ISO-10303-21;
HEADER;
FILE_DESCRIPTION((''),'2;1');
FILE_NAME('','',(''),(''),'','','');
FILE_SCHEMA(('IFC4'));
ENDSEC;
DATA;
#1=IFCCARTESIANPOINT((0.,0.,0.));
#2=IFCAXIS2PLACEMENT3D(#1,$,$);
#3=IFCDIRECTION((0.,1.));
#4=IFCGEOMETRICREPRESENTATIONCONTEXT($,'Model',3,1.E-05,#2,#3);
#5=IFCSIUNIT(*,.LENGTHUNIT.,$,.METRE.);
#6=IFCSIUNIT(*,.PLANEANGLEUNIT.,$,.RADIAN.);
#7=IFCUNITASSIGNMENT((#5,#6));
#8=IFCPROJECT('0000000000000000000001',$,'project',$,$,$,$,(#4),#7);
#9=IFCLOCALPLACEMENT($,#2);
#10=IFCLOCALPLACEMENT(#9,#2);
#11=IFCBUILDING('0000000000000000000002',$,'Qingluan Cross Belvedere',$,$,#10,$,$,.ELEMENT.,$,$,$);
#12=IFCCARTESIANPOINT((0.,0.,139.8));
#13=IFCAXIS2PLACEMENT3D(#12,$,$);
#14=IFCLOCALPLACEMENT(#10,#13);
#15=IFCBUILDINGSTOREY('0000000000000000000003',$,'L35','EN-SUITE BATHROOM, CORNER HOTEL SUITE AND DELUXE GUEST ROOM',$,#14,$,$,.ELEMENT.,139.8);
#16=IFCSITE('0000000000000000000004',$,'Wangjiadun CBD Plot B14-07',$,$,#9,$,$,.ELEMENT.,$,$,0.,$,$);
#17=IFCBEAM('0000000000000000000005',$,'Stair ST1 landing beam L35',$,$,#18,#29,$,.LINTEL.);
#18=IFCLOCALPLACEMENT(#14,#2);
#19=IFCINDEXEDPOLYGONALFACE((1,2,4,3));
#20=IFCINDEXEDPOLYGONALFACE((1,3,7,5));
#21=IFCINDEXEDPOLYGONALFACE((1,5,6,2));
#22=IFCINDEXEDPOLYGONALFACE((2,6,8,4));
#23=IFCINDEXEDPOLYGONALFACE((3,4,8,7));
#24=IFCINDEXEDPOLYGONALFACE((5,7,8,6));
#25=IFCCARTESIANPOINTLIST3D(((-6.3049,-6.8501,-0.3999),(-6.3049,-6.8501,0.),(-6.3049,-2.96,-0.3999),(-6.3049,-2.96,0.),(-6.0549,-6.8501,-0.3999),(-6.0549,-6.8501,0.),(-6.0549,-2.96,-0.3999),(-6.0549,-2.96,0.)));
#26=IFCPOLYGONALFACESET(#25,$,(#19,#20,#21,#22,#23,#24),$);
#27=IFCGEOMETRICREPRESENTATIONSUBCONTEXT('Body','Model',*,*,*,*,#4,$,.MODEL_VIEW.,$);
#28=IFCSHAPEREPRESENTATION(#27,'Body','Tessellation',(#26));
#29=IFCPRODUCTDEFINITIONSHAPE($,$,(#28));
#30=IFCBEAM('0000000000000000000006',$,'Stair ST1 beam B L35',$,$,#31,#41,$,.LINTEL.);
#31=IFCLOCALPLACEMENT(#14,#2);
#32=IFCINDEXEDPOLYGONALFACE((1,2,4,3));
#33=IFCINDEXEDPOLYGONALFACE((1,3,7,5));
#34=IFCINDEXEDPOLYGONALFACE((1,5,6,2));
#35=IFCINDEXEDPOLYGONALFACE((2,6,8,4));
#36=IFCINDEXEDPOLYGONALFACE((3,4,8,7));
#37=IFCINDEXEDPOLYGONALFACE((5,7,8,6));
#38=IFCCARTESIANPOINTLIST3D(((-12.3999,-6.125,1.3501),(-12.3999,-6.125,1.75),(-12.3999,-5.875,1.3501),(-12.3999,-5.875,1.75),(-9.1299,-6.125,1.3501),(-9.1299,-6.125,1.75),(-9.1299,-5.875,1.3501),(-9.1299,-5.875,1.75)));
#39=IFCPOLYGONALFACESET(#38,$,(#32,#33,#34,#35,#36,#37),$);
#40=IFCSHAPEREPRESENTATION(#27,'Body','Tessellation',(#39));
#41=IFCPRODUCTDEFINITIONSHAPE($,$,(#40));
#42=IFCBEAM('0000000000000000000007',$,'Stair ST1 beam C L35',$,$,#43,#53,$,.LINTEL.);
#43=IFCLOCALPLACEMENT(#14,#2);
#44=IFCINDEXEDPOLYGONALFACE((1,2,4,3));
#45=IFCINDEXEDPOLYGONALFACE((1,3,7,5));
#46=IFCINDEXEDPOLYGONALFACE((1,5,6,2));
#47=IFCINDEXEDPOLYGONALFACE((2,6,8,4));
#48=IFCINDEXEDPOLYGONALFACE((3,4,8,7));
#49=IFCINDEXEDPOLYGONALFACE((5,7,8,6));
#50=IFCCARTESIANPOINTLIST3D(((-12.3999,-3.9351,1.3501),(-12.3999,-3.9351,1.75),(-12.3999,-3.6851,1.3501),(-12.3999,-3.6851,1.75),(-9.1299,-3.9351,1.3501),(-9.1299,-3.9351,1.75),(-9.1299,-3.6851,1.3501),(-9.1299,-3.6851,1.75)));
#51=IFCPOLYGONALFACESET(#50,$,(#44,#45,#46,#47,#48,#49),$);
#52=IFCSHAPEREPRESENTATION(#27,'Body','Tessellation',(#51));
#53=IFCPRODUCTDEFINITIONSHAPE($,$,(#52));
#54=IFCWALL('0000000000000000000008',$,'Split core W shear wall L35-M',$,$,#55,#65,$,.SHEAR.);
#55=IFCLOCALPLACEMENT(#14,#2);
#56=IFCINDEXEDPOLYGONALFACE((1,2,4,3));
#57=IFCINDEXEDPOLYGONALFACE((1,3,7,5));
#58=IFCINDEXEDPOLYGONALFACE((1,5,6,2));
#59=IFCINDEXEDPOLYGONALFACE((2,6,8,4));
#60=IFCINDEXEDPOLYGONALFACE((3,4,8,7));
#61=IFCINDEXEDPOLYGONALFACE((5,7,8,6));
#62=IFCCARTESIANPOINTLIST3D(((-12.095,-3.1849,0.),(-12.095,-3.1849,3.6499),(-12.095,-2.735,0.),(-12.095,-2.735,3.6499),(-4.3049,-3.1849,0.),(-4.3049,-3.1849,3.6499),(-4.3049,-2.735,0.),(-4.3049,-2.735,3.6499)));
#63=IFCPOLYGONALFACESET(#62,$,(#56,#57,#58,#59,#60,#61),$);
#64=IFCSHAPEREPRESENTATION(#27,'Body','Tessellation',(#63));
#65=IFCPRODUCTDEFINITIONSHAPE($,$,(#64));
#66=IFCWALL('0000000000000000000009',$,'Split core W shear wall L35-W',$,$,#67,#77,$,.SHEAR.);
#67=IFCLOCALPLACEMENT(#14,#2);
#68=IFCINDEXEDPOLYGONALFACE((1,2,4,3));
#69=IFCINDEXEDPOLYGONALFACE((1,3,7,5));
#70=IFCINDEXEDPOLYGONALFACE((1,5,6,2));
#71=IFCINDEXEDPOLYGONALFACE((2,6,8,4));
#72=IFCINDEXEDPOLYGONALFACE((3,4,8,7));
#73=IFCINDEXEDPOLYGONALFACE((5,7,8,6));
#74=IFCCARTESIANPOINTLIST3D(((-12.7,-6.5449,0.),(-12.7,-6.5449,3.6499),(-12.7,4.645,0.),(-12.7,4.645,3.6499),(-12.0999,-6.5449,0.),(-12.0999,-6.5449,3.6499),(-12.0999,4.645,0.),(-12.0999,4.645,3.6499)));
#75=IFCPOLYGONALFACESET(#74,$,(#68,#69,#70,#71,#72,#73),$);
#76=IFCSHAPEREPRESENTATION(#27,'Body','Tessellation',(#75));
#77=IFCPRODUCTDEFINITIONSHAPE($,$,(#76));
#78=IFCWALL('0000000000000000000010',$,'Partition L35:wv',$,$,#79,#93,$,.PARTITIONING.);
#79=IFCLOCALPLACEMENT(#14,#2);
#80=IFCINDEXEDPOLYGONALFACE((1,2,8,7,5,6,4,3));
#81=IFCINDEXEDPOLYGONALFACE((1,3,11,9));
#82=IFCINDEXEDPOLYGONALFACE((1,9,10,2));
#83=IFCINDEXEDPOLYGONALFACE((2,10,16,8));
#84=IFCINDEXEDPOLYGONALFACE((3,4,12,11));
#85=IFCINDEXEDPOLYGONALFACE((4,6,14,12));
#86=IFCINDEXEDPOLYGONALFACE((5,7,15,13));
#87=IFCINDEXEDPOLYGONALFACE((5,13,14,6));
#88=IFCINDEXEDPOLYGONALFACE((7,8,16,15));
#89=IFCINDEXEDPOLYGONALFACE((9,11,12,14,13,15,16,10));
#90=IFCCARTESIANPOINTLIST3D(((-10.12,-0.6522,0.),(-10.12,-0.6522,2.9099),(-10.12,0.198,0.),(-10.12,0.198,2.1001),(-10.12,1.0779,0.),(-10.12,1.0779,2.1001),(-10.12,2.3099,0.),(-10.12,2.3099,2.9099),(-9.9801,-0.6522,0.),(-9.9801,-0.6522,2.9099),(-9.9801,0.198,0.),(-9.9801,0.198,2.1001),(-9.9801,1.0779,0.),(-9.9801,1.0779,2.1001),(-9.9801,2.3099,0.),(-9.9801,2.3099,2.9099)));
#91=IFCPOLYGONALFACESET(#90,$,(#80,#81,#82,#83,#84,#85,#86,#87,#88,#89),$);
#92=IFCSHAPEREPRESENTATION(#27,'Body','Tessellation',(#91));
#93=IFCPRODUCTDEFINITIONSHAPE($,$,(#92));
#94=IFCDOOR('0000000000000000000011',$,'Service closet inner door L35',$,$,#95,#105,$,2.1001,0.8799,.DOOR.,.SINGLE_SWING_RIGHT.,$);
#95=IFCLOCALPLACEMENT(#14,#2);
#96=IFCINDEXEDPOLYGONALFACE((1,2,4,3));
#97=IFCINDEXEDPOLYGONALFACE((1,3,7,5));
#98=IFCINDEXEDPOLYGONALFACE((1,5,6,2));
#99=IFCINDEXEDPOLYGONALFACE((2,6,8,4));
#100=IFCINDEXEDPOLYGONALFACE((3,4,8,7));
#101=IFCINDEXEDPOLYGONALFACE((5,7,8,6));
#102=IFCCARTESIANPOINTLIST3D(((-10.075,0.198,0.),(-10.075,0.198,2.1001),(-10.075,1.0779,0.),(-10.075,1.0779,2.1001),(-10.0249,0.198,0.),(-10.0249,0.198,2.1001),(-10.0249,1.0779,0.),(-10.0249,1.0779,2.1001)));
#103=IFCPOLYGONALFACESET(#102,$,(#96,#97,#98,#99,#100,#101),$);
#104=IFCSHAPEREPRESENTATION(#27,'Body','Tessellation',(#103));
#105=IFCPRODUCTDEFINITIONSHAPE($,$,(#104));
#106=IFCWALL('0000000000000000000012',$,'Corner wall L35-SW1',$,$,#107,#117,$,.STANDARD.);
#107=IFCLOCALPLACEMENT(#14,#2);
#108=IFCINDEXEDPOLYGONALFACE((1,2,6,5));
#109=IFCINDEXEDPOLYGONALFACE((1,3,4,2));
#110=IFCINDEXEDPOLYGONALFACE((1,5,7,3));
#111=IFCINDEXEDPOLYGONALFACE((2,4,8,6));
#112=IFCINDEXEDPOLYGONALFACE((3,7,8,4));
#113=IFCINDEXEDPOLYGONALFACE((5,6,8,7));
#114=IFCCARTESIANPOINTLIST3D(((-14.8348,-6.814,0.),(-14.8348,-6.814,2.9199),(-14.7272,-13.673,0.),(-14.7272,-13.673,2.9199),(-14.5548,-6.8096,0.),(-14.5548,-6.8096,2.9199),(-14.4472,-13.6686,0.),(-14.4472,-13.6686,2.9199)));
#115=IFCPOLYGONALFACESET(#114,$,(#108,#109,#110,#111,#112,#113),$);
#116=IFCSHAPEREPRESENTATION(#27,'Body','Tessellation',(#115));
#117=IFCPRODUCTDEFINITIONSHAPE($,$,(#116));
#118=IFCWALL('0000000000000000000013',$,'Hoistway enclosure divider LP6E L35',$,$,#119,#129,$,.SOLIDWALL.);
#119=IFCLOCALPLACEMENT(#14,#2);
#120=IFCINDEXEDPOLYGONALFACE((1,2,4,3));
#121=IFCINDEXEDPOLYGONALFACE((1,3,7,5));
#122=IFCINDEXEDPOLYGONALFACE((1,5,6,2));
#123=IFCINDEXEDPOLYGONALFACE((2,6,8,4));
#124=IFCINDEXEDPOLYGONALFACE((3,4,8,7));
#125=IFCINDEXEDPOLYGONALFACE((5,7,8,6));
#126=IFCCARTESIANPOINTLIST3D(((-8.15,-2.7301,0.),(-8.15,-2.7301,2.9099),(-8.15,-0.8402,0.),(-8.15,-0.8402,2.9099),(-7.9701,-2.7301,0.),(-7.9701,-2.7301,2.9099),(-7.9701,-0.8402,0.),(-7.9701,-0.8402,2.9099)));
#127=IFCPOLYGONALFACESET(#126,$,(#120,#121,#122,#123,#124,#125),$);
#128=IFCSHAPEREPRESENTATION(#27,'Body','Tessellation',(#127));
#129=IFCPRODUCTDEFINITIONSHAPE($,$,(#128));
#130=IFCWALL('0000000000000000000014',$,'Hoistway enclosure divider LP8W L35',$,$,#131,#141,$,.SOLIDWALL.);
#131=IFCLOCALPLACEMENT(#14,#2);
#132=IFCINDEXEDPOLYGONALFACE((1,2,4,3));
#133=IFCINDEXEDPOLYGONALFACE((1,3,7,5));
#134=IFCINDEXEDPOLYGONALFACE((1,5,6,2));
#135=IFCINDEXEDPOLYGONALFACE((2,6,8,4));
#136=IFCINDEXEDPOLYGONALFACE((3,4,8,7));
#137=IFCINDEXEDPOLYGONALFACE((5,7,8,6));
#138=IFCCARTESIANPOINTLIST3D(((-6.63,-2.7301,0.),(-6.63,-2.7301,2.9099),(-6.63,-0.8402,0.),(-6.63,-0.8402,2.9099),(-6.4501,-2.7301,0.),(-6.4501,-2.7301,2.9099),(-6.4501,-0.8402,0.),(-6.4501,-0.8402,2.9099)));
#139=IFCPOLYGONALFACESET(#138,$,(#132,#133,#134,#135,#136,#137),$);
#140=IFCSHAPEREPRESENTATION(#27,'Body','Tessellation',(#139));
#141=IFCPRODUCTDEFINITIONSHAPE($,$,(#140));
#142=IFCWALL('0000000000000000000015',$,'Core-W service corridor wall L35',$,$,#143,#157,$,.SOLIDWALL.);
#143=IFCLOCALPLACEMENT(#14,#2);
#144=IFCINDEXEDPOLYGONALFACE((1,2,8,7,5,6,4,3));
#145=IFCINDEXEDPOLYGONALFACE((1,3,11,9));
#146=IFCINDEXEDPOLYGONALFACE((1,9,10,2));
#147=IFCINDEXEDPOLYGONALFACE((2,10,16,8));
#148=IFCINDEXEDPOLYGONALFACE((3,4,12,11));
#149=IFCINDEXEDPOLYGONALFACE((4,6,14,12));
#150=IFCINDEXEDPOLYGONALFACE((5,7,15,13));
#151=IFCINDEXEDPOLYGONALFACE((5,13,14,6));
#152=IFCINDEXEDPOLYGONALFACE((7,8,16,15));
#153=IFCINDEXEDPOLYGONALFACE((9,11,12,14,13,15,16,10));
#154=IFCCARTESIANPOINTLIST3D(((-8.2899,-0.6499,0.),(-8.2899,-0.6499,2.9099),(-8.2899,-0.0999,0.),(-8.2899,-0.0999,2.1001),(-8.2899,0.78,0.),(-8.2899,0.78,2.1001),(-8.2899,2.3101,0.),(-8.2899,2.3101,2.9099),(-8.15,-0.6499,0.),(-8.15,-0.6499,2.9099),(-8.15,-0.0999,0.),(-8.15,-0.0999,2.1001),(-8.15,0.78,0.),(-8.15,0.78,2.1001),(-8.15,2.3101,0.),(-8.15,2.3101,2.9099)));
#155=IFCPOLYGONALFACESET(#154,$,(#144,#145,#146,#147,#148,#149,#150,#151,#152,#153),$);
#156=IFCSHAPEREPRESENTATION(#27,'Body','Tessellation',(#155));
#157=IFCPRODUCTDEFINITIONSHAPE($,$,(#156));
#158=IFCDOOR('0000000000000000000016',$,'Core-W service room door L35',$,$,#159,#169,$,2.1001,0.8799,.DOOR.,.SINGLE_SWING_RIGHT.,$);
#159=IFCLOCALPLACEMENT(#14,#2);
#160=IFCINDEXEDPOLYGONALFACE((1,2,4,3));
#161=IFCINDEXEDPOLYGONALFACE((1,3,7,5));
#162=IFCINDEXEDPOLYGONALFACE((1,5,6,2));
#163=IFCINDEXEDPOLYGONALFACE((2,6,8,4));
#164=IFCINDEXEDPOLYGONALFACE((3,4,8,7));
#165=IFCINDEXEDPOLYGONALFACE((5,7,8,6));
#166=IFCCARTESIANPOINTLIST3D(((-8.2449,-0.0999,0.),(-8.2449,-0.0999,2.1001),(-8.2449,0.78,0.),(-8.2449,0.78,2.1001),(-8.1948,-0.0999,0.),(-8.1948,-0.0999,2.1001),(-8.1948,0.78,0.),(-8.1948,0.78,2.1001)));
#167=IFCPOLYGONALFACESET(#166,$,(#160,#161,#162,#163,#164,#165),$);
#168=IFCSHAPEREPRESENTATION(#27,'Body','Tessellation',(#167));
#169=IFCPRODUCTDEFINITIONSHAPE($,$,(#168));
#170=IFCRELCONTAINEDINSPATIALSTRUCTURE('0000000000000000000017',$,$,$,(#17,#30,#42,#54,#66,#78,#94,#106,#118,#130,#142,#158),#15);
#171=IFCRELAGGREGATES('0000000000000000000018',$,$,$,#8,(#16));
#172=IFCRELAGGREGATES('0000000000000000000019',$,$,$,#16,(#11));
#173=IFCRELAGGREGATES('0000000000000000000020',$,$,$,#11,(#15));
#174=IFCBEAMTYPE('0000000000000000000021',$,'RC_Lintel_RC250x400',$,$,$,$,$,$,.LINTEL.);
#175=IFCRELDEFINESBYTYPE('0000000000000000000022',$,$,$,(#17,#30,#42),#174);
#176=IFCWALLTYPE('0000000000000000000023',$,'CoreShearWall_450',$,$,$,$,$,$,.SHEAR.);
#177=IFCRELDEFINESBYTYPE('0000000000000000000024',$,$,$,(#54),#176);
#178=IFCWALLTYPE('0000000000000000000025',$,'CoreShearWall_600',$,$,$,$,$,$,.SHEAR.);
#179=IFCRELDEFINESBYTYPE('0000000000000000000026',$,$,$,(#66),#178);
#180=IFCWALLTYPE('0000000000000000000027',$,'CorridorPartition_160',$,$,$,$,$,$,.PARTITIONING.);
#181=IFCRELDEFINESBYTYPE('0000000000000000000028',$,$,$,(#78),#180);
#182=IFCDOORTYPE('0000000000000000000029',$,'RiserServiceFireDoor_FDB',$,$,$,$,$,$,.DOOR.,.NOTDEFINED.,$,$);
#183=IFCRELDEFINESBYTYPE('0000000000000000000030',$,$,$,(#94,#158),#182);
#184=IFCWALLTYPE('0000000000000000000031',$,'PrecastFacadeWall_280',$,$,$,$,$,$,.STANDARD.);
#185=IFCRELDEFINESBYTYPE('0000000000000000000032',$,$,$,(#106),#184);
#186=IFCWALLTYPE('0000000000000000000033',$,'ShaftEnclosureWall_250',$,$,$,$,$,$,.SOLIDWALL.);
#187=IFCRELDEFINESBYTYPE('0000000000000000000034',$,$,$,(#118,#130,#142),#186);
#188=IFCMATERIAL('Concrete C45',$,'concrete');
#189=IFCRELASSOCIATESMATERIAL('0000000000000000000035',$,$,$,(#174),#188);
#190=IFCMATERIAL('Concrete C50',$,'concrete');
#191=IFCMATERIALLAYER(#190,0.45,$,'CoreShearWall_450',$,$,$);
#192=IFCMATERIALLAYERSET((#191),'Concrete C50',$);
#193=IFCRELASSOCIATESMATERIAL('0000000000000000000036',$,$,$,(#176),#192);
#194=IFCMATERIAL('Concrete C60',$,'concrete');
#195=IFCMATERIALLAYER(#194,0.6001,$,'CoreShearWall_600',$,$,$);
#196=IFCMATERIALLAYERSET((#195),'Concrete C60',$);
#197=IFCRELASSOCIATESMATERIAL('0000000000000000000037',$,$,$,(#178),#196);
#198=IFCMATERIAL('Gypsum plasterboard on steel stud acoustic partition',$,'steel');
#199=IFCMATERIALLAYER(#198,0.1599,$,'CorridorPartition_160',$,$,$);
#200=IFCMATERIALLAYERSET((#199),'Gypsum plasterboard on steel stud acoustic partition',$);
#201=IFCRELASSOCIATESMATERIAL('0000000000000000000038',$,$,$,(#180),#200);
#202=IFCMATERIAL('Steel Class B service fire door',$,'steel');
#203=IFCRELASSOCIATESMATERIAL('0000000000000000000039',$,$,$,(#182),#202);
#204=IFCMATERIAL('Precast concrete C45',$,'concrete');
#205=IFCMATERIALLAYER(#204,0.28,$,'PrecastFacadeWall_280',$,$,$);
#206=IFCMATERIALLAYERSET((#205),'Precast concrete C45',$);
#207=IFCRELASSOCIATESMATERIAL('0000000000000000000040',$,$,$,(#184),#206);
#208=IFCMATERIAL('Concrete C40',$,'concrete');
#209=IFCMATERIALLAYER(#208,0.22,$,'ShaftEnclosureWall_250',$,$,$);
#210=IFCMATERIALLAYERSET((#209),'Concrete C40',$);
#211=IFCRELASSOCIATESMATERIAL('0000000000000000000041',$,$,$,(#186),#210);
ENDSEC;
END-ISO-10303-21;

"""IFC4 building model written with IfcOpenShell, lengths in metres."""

from ifc_helpers import new_model, si_unit, direction, frame, frame_2d, origin, origin_2d, place, context, subcontext, project, spatial, rectangle, extrude, material, layer, layer_set, material_profile, profile_set, type_object, element, fill, save


model = new_model("IFC4")

# Units and contexts
model_context = context("Model", 3, precision=1e-05, world=origin(), true_north=direction((0.0, 1.0)))
body_context = subcontext(model_context, "Body", "Model", "MODEL_VIEW")
ifc_project = project(units=[si_unit("LENGTHUNIT", "METRE"), si_unit("PLANEANGLEUNIT", "RADIAN")], contexts=[model_context])

# Site, building, storey
site_placement = place(None, origin())
site = spatial("IfcSite", under=ifc_project, at=site_placement, Name="Wangjiadun CBD Plot B14-07", CompositionType="ELEMENT", RefElevation=0.0)
building_placement = place(site_placement, origin())
building = spatial("IfcBuilding", under=site, at=building_placement, Name="Qingluan Cross Belvedere", CompositionType="ELEMENT")
storey_placement = place(building_placement, frame((0.0, 0.0, 139.8)))
storey = spatial("IfcBuildingStorey", under=building, at=storey_placement, Name="L35", Description="EN-SUITE BATHROOM, CORNER HOTEL SUITE AND DELUXE GUEST ROOM", CompositionType="ELEMENT", Elevation=139.8)

# Beams
ifc_material_1 = material(Name="Concrete C45", Category="concrete")
ifc_material_profile = material_profile(ifc_material_1, rectangle(XDim=0.25, YDim=0.3999, at=origin_2d()), Name="RC250x400")
ifc_profile_set = profile_set([ifc_material_profile], Name="Concrete C45")
beam_type = type_object("IfcBeamType", Name="RC_Lintel_RC250x400", PredefinedType="LINTEL", material=ifc_profile_set)
beam_placement = place(storey_placement, frame((-6.1799, -6.8501, -0.2), z_axis=(0.0, 1.0, 0.0), x_axis=(-1.0, 0.0, 0.0)))
element("IfcBeam", 1, at=beam_placement, inside=storey, type_object=beam_type, Name="Stair ST1 landing beam L35", PredefinedType="LINTEL", context=body_context, shape_type="SweptSolid", body=[
    extrude(rectangle(XDim=0.25, YDim=0.3999, at=origin_2d()), origin(), (0.0, 0.0, 1.0), 3.8901),
])
for number, where, z_axis, x_axis, name in (
    (2, (-12.3999, -6.0, 1.55), (1.0, 0.0, 0.0), (0.0, 1.0, 0.0), "Stair ST1 beam B L35"),
    (3, (-12.3999, -3.8101, 1.55), (1.0, 0.0, 0.0), (0.0, 1.0, 0.0), "Stair ST1 beam C L35"),
):
    element("IfcBeam", number, at=place(storey_placement, frame(where, z_axis=z_axis, x_axis=x_axis)), inside=storey, type_object=beam_type, Name=name, PredefinedType="LINTEL", context=body_context, shape_type="SweptSolid", body=[
        extrude(rectangle(XDim=0.25, YDim=0.3999, at=origin_2d()), origin(), (0.0, 0.0, 1.0), 3.27),
    ])

# Walls
ifc_material_2 = material(Name="Concrete C50", Category="concrete")
ifc_layer_1 = layer(ifc_material_2, 0.45, Name="CoreShearWall_450")
ifc_layer_set_1 = layer_set([ifc_layer_1], Name="Concrete C50")
wall_type_1 = type_object("IfcWallType", Name="CoreShearWall_450", PredefinedType="SHEAR", material=ifc_layer_set_1)
wall_1_placement = place(storey_placement, frame((-12.095, -2.96, 0.0), z_axis=(0.0, 0.0, 1.0), x_axis=(1.0, 0.0, 0.0)))
element("IfcWall", 4, at=wall_1_placement, inside=storey, type_object=wall_type_1, Name="Split core W shear wall L35-M", PredefinedType="SHEAR", context=body_context, shape_type="SweptSolid", body=[
    extrude(rectangle(XDim=7.79, YDim=0.45, at=frame_2d((3.895, 0.0))), origin(), (0.0, 0.0, 1.0), 3.6499),
])
ifc_material_3 = material(Name="Concrete C60", Category="concrete")
ifc_layer_2 = layer(ifc_material_3, 0.6001, Name="CoreShearWall_600")
ifc_layer_set_2 = layer_set([ifc_layer_2], Name="Concrete C60")
wall_type_2 = type_object("IfcWallType", Name="CoreShearWall_600", PredefinedType="SHEAR", material=ifc_layer_set_2)
wall_2_placement = place(storey_placement, frame((-12.3999, -6.5449, 0.0), z_axis=(0.0, 0.0, 1.0), x_axis=(0.0, 1.0, 0.0)))
element("IfcWall", 5, at=wall_2_placement, inside=storey, type_object=wall_type_2, Name="Split core W shear wall L35-W", PredefinedType="SHEAR", context=body_context, shape_type="SweptSolid", body=[
    extrude(rectangle(XDim=11.1899, YDim=0.6001, at=frame_2d((5.595, 0.0))), origin(), (0.0, 0.0, 1.0), 3.6499),
])

# Wall, opening, door
ifc_material_4 = material(Name="Gypsum plasterboard on steel stud acoustic partition", Category="steel")
ifc_layer_3 = layer(ifc_material_4, 0.1599, Name="CorridorPartition_160")
ifc_layer_set_3 = layer_set([ifc_layer_3], Name="Gypsum plasterboard on steel stud acoustic partition")
wall_type_3 = type_object("IfcWallType", Name="CorridorPartition_160", PredefinedType="PARTITIONING", material=ifc_layer_set_3)
wall_3_placement = place(storey_placement, frame((-10.05, -0.6521, 0.0), z_axis=(0.0, 0.0, 1.0), x_axis=(0.0, 1.0, 0.0)))
wall_3 = element("IfcWall", 6, at=wall_3_placement, inside=storey, type_object=wall_type_3, Name="Partition L35:wv", PredefinedType="PARTITIONING", context=body_context, shape_type="SweptSolid", body=[
    extrude(rectangle(XDim=2.9622, YDim=0.1399, at=frame_2d((1.481, 0.0))), origin(), (0.0, 0.0, 1.0), 2.9099),
])
opening_1_placement = place(wall_3_placement, frame((0.8501, 0.0, 0.0)))
opening_1 = element("IfcOpeningElement", 7, at=opening_1_placement, cuts=wall_3, PredefinedType="OPENING", context=body_context, shape_type="SweptSolid", body=[
    extrude(rectangle(XDim=0.8799, YDim=2.1001, at=frame_2d((0.4399, 1.05))), frame((0.0, 0.0798, 0.0), z_axis=(0.0, -1.0, 0.0), x_axis=(1.0, 0.0, 0.0)), (0.0, 0.0, 1.0), 0.1599),
])
ifc_material_5 = material(Name="Steel Class B service fire door", Category="steel")
door_type_1 = type_object("IfcDoorType", Name="RiserServiceFireDoor_FDB", OperationType="NOTDEFINED", PredefinedType="DOOR", material=ifc_material_5)
door_1_placement = place(opening_1_placement, origin())
door_1 = element("IfcDoor", 8, at=door_1_placement, inside=storey, type_object=door_type_1, Name="Service closet inner door L35", OperationType="SINGLE_SWING_RIGHT", OverallHeight=2.1001, OverallWidth=0.8799, PredefinedType="DOOR", context=body_context, shape_type="SweptSolid", body=[
    extrude(rectangle(XDim=0.8799, YDim=2.1001, at=frame_2d((0.4399, 1.05))), frame((0.0, 0.0249, 0.0), z_axis=(0.0, -1.0, 0.0), x_axis=(1.0, 0.0, 0.0)), (0.0, 0.0, 1.0), 0.05),
])
fill(opening_1, door_1)

# Wall
ifc_material_6 = material(Name="Precast concrete C45", Category="concrete")
ifc_layer_4 = layer(ifc_material_6, 0.28, Name="PrecastFacadeWall_280")
ifc_layer_set_4 = layer_set([ifc_layer_4], Name="Precast concrete C45")
wall_type_4 = type_object("IfcWallType", Name="PrecastFacadeWall_280", PredefinedType="STANDARD", material=ifc_layer_set_4)
wall_4_placement = place(storey_placement, frame((-14.6948, -6.8118, 0.0), z_axis=(0.0, 0.0, 1.0), x_axis=(0.015695, -0.999877, 0.0)))
element("IfcWall", 9, at=wall_4_placement, inside=storey, type_object=wall_type_4, Name="Corner wall L35-SW1", PredefinedType="STANDARD", context=body_context, shape_type="SweptSolid", body=[
    extrude(rectangle(XDim=6.8599, YDim=0.28, at=frame_2d((3.4299, 0.0))), origin(), (0.0, 0.0, 1.0), 2.9199),
])

# Shared definitions
ifc_material_7 = material(Name="Concrete C40", Category="concrete")
ifc_layer_5 = layer(ifc_material_7, 0.22, Name="ShaftEnclosureWall_250")
ifc_layer_set_5 = layer_set([ifc_layer_5], Name="Concrete C40")
wall_type_5 = type_object("IfcWallType", Name="ShaftEnclosureWall_250", PredefinedType="SOLIDWALL", material=ifc_layer_set_5)

# Walls
for number, where, z_axis, x_axis, name in (
    (10, (-8.0601, -2.73, 0.0), (0.0, 0.0, 1.0), (0.0, 1.0, 0.0), "Hoistway enclosure divider LP6E L35"),
    (11, (-6.54, -2.73, 0.0), (0.0, 0.0, 1.0), (0.0, 1.0, 0.0), "Hoistway enclosure divider LP8W L35"),
):
    element("IfcWall", number, at=place(storey_placement, frame(where, z_axis=z_axis, x_axis=x_axis)), inside=storey, type_object=wall_type_5, Name=name, PredefinedType="SOLIDWALL", context=body_context, shape_type="SweptSolid", body=[
        extrude(rectangle(XDim=1.8899, YDim=0.1799, at=frame_2d((0.9448, 0.0))), origin(), (0.0, 0.0, 1.0), 2.9099),
    ])

# Wall, opening, door
wall_5_placement = place(storey_placement, frame((-8.22, -0.6499, 0.0), z_axis=(0.0, 0.0, 1.0), x_axis=(0.0, 1.0, 0.0)))
wall_5 = element("IfcWall", 12, at=wall_5_placement, inside=storey, type_object=wall_type_5, Name="Core-W service corridor wall L35", PredefinedType="SOLIDWALL", context=body_context, shape_type="SweptSolid", body=[
    extrude(rectangle(XDim=2.96, YDim=0.1399, at=frame_2d((1.48, 0.0))), origin(), (0.0, 0.0, 1.0), 2.9099),
])
opening_2_placement = place(wall_5_placement, frame((0.55, 0.0, 0.0)))
opening_2 = element("IfcOpeningElement", 13, at=opening_2_placement, cuts=wall_5, PredefinedType="OPENING", context=body_context, shape_type="SweptSolid", body=[
    extrude(rectangle(XDim=0.8799, YDim=2.1001, at=frame_2d((0.4399, 1.05))), frame((0.0, 0.0798, 0.0), z_axis=(0.0, -1.0, 0.0), x_axis=(1.0, 0.0, 0.0)), (0.0, 0.0, 1.0), 0.1599),
])
door_2_placement = place(opening_2_placement, origin())
door_2 = element("IfcDoor", 14, at=door_2_placement, inside=storey, type_object=door_type_1, Name="Core-W service room door L35", OperationType="SINGLE_SWING_RIGHT", OverallHeight=2.1001, OverallWidth=0.8799, PredefinedType="DOOR", context=body_context, shape_type="SweptSolid", body=[
    extrude(rectangle(XDim=0.8799, YDim=2.1001, at=frame_2d((0.4399, 1.05))), frame((0.0, 0.0249, 0.0), z_axis=(0.0, -1.0, 0.0), x_axis=(1.0, 0.0, 0.0)), (0.0, 0.0, 1.0), 0.05),
])
fill(opening_2, door_2)

save(model, "model.ifc")
